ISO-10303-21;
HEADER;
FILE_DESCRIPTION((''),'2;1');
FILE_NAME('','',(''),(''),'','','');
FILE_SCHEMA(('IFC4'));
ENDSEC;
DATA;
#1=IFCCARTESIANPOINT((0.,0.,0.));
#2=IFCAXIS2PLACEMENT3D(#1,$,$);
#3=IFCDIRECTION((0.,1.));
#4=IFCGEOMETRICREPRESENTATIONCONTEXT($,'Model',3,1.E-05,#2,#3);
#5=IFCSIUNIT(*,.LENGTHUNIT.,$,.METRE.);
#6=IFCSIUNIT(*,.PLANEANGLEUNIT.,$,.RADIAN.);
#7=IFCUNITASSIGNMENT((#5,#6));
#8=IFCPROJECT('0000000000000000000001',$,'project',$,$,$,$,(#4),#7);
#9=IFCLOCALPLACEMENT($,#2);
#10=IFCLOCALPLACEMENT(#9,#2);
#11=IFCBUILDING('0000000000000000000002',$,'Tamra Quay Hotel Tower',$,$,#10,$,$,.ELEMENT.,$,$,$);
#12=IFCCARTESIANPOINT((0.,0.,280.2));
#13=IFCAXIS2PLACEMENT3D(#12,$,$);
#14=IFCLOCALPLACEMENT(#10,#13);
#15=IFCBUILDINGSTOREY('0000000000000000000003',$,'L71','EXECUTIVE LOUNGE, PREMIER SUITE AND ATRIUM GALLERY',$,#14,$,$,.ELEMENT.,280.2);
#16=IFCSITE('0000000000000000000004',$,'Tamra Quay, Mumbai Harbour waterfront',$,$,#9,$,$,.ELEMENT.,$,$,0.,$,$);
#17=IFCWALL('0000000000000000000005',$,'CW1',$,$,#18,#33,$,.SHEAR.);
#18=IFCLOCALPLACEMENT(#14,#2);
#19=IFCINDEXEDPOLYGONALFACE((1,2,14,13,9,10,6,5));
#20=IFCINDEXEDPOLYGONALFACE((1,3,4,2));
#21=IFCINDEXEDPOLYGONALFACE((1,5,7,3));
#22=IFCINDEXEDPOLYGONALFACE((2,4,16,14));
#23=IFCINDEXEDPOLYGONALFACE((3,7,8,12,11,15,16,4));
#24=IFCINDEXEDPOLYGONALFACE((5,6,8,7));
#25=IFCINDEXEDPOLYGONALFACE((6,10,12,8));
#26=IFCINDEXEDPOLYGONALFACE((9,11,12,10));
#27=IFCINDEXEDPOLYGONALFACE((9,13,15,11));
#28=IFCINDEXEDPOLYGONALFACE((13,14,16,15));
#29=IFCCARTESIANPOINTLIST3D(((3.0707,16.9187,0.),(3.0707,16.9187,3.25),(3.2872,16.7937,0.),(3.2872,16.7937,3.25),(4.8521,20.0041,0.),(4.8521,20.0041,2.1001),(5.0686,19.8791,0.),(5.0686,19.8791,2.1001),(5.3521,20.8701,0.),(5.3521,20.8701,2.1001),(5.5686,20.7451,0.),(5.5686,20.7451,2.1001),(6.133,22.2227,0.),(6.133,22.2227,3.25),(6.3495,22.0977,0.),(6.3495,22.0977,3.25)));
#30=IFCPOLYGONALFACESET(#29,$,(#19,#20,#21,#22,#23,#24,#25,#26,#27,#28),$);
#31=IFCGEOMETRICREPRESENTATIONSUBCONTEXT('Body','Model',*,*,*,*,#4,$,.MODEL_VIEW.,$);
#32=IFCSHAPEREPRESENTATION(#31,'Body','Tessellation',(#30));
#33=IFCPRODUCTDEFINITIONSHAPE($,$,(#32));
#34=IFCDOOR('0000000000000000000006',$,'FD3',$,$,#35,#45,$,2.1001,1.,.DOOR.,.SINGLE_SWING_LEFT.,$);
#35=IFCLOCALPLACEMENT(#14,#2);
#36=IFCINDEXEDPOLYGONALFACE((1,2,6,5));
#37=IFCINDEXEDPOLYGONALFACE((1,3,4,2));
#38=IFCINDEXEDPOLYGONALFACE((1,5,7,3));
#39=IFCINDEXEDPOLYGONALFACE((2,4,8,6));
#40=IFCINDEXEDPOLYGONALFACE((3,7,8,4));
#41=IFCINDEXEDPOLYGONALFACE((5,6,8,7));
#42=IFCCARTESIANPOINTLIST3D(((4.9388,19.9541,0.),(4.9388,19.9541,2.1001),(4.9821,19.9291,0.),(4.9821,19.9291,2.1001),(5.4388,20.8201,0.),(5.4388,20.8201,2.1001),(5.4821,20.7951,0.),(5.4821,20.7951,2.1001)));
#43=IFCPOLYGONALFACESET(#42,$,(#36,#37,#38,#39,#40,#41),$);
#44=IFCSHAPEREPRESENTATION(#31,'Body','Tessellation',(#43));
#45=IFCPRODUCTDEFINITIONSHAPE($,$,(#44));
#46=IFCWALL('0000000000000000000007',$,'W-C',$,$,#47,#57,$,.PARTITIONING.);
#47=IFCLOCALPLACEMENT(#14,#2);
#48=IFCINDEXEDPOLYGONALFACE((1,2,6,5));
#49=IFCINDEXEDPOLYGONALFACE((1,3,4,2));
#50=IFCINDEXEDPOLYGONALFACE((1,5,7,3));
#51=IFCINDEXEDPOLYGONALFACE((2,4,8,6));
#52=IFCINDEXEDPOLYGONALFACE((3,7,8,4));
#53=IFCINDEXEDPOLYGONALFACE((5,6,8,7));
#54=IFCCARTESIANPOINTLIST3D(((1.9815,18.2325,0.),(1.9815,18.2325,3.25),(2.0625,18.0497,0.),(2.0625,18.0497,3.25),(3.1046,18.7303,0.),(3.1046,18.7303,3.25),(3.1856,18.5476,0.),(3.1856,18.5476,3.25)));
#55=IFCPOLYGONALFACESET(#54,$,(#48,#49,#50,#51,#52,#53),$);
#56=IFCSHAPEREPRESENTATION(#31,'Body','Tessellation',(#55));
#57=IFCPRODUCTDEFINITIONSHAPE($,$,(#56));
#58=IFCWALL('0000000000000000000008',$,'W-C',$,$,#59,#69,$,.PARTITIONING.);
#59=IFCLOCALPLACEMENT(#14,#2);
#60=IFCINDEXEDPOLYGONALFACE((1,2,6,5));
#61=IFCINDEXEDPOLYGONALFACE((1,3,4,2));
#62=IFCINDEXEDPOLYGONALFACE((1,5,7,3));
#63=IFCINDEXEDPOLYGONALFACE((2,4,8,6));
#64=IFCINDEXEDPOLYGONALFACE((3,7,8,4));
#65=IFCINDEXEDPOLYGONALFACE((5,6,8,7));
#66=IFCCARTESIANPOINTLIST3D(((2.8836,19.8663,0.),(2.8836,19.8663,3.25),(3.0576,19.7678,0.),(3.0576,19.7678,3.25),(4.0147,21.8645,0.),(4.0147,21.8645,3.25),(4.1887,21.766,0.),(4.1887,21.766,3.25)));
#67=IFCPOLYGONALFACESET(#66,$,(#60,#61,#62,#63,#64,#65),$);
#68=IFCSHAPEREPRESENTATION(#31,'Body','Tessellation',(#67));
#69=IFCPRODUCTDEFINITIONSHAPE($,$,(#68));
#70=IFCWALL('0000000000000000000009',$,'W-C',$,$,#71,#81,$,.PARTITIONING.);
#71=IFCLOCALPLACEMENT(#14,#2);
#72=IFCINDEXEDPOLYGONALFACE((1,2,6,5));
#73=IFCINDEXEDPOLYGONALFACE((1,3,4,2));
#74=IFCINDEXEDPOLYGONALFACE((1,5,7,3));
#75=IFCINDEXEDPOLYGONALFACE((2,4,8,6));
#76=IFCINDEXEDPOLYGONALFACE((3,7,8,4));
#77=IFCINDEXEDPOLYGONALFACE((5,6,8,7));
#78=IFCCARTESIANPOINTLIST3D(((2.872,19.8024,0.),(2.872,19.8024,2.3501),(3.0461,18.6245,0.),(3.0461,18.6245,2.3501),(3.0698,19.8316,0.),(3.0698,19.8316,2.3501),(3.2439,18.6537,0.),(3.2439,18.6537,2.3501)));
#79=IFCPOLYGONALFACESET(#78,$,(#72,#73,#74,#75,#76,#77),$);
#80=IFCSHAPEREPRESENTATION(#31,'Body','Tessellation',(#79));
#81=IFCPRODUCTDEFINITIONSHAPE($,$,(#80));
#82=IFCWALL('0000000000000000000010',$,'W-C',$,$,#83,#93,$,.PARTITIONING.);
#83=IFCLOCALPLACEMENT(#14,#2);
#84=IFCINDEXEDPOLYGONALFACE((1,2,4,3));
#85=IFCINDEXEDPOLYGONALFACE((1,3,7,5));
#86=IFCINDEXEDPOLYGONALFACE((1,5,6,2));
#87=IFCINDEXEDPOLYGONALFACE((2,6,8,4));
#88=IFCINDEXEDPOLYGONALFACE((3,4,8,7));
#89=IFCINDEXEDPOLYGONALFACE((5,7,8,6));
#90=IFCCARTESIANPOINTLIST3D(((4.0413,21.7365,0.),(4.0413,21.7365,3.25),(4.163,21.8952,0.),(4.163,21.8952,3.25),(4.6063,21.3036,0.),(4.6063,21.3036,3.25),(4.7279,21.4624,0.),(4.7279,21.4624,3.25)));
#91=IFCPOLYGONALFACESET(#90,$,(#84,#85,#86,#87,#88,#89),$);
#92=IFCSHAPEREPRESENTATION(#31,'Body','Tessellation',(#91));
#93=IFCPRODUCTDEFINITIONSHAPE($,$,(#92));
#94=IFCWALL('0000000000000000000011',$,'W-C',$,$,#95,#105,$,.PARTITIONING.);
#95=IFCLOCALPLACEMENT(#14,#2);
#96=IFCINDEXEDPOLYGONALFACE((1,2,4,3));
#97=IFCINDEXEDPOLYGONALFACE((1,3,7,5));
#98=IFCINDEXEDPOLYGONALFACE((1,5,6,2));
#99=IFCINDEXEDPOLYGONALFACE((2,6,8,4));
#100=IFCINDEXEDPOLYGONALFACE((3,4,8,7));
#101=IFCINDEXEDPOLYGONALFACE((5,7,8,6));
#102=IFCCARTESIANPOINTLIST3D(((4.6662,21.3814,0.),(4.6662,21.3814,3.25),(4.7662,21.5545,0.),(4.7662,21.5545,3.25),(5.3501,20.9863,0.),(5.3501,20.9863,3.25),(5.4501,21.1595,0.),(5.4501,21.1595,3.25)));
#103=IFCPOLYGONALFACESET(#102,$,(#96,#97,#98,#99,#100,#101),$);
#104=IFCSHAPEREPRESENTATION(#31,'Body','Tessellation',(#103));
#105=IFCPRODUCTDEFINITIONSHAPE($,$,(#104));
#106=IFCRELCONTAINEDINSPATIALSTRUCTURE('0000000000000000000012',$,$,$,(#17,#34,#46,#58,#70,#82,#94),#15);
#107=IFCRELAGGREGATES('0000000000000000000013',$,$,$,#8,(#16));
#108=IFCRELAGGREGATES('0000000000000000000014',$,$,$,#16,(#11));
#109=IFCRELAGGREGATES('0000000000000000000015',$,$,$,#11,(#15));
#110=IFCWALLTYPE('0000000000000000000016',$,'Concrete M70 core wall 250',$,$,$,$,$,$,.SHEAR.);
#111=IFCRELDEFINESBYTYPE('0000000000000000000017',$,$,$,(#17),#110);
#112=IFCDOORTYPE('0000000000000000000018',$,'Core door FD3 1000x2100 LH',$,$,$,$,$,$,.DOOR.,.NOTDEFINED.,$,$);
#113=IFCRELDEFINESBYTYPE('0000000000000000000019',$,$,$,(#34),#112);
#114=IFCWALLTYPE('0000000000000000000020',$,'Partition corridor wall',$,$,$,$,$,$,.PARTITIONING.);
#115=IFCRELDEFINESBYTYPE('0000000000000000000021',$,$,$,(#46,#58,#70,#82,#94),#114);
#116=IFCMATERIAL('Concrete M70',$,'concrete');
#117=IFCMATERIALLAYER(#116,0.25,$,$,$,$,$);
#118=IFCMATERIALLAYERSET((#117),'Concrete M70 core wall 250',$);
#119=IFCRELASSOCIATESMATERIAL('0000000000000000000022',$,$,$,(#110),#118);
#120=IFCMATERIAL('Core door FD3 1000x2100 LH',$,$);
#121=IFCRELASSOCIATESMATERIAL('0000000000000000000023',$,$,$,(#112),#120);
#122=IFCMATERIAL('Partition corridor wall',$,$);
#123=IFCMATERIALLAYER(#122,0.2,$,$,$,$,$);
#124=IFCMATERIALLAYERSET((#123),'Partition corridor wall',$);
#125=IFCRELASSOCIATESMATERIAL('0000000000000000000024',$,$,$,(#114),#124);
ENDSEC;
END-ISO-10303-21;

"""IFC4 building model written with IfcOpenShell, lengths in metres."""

from ifc_helpers import new_model, si_unit, direction, frame, frame_2d, origin, place, context, subcontext, project, spatial, rectangle, extrude, material, layer, layer_set, type_object, element, fill, save


model = new_model("IFC4")

# Units and contexts
model_context = context("Model", 3, precision=1e-05, world=origin(), true_north=direction((0.0, 1.0)))
body_context = subcontext(model_context, "Body", "Model", "MODEL_VIEW")
ifc_project = project(units=[si_unit("LENGTHUNIT", "METRE"), si_unit("PLANEANGLEUNIT", "RADIAN")], contexts=[model_context])

# Site, building, storey
site_placement = place(None, origin())
site = spatial("IfcSite", under=ifc_project, at=site_placement, Name="Tamra Quay, Mumbai Harbour waterfront", CompositionType="ELEMENT", RefElevation=0.0)
building_placement = place(site_placement, origin())
building = spatial("IfcBuilding", under=site, at=building_placement, Name="Tamra Quay Hotel Tower", CompositionType="ELEMENT")
storey_placement = place(building_placement, frame((0.0, 0.0, 280.2)))
storey = spatial("IfcBuildingStorey", under=building, at=storey_placement, Name="L71", Description="EXECUTIVE LOUNGE, PREMIER SUITE AND ATRIUM GALLERY", CompositionType="ELEMENT", Elevation=280.2)

# Shared definitions
ifc_material_1 = material(Name="Concrete M70", Category="concrete")

# Shared definitions
ifc_layer_1 = layer(ifc_material_1, 0.25)
ifc_layer_set_1 = layer_set([ifc_layer_1], Name="Concrete M70 core wall 250")
wall_type_1 = type_object("IfcWallType", Name="Concrete M70 core wall 250", PredefinedType="SHEAR", material=ifc_layer_set_1)

# Wall, opening, door
wall_1_placement = place(storey_placement, frame((3.179, 16.8562, 0.0), z_axis=(0.0, 0.0, 1.0), x_axis=(0.500002, 0.866024, 0.0)))
wall_1 = element("IfcWall", 1, at=wall_1_placement, inside=storey, type_object=wall_type_1, Name="CW1", PredefinedType="SHEAR", context=body_context, shape_type="SweptSolid", body=[
    extrude(rectangle(XDim=6.1245, YDim=0.25, at=frame_2d((3.0623, 0.0))), origin(), (0.0, 0.0, 1.0), 3.25),
])
opening_1_placement = place(wall_1_placement, frame((3.5627, 0.0, 0.0)))
opening_1 = element("IfcOpeningElement", 2, at=opening_1_placement, cuts=wall_1, PredefinedType="OPENING", context=body_context, shape_type="SweptSolid", body=[
    extrude(rectangle(XDim=1.0, YDim=2.1001, at=frame_2d((0.5, 1.05))), frame((0.0, 0.135, 0.0), z_axis=(0.0, -1.0, 0.0), x_axis=(1.0, 0.0, 0.0)), (0.0, 0.0, 1.0), 0.27),
])
ifc_material_2 = material(Name="Core door FD3 1000x2100 LH")
door_type_1 = type_object("IfcDoorType", Name="Core door FD3 1000x2100 LH", OperationType="NOTDEFINED", PredefinedType="DOOR", material=ifc_material_2)
door_1_placement = place(opening_1_placement, origin())
door_1 = element("IfcDoor", 3, at=door_1_placement, inside=storey, type_object=door_type_1, Name="FD3", OperationType="SINGLE_SWING_LEFT", OverallHeight=2.1001, OverallWidth=1.0, PredefinedType="DOOR", context=body_context, shape_type="SweptSolid", body=[
    extrude(rectangle(XDim=1.0, YDim=2.1001, at=frame_2d((0.5, 1.05))), frame((0.0, 0.0249, 0.0), z_axis=(0.0, -1.0, 0.0), x_axis=(1.0, 0.0, 0.0)), (0.0, 0.0, 1.0), 0.05),
])
fill(opening_1, door_1)

# Walls
ifc_material_3 = material(Name="Partition corridor wall")
ifc_layer_2 = layer(ifc_material_3, 0.2)
ifc_layer_set_2 = layer_set([ifc_layer_2], Name="Partition corridor wall")
wall_type_2 = type_object("IfcWallType", Name="Partition corridor wall", PredefinedType="PARTITIONING", material=ifc_layer_set_2)
wall_2_placement = place(storey_placement, frame((2.022, 18.1411, 0.0), z_axis=(0.0, 0.0, 1.0), x_axis=(0.914213, 0.405235, 0.0)))
element("IfcWall", 4, at=wall_2_placement, inside=storey, type_object=wall_type_2, Name="W-C", PredefinedType="PARTITIONING", context=body_context, shape_type="SweptSolid", body=[
    extrude(rectangle(XDim=1.2285, YDim=0.2, at=frame_2d((0.6143, 0.0))), origin(), (0.0, 0.0, 1.0), 3.25),
])
wall_3_placement = place(storey_placement, frame((2.9707, 19.8171, 0.0), z_axis=(0.0, 0.0, 1.0), x_axis=(0.492597, 0.870258, 0.0)))
element("IfcWall", 5, at=wall_3_placement, inside=storey, type_object=wall_type_2, Name="W-C", PredefinedType="PARTITIONING", context=body_context, shape_type="SweptSolid", body=[
    extrude(rectangle(XDim=2.2961, YDim=0.2, at=frame_2d((1.1479, 0.0))), origin(), (0.0, 0.0, 1.0), 3.25),
])
wall_4_placement = place(storey_placement, frame((2.9709, 19.8169, 0.0), z_axis=(0.0, 0.0, 1.0), x_axis=(0.146185, -0.989257, 0.0)))
element("IfcWall", 6, at=wall_4_placement, inside=storey, type_object=wall_type_2, Name="W-C", PredefinedType="PARTITIONING", context=body_context, shape_type="SweptSolid", body=[
    extrude(rectangle(XDim=1.1907, YDim=0.2, at=frame_2d((0.5952, 0.0))), origin(), (0.0, 0.0, 1.0), 2.3501),
])
wall_5_placement = place(storey_placement, frame((4.1021, 21.8159, 0.0), z_axis=(0.0, 0.0, 1.0), x_axis=(0.793783, -0.608201, 0.0)))
element("IfcWall", 7, at=wall_5_placement, inside=storey, type_object=wall_type_2, Name="W-C", PredefinedType="PARTITIONING", context=body_context, shape_type="SweptSolid", body=[
    extrude(rectangle(XDim=0.7117, YDim=0.2, at=frame_2d((0.356, 0.0))), origin(), (0.0, 0.0, 1.0), 3.25),
])
wall_6_placement = place(storey_placement, frame((4.7161, 21.468, 0.0), z_axis=(0.0, 0.0, 1.0), x_axis=(0.865913, -0.500195, 0.0)))
element("IfcWall", 8, at=wall_6_placement, inside=storey, type_object=wall_type_2, Name="W-C", PredefinedType="PARTITIONING", context=body_context, shape_type="SweptSolid", body=[
    extrude(rectangle(XDim=0.7898, YDim=0.2, at=frame_2d((0.395, 0.0))), origin(), (0.0, 0.0, 1.0), 3.25),
])

save(model, "model.ifc")
